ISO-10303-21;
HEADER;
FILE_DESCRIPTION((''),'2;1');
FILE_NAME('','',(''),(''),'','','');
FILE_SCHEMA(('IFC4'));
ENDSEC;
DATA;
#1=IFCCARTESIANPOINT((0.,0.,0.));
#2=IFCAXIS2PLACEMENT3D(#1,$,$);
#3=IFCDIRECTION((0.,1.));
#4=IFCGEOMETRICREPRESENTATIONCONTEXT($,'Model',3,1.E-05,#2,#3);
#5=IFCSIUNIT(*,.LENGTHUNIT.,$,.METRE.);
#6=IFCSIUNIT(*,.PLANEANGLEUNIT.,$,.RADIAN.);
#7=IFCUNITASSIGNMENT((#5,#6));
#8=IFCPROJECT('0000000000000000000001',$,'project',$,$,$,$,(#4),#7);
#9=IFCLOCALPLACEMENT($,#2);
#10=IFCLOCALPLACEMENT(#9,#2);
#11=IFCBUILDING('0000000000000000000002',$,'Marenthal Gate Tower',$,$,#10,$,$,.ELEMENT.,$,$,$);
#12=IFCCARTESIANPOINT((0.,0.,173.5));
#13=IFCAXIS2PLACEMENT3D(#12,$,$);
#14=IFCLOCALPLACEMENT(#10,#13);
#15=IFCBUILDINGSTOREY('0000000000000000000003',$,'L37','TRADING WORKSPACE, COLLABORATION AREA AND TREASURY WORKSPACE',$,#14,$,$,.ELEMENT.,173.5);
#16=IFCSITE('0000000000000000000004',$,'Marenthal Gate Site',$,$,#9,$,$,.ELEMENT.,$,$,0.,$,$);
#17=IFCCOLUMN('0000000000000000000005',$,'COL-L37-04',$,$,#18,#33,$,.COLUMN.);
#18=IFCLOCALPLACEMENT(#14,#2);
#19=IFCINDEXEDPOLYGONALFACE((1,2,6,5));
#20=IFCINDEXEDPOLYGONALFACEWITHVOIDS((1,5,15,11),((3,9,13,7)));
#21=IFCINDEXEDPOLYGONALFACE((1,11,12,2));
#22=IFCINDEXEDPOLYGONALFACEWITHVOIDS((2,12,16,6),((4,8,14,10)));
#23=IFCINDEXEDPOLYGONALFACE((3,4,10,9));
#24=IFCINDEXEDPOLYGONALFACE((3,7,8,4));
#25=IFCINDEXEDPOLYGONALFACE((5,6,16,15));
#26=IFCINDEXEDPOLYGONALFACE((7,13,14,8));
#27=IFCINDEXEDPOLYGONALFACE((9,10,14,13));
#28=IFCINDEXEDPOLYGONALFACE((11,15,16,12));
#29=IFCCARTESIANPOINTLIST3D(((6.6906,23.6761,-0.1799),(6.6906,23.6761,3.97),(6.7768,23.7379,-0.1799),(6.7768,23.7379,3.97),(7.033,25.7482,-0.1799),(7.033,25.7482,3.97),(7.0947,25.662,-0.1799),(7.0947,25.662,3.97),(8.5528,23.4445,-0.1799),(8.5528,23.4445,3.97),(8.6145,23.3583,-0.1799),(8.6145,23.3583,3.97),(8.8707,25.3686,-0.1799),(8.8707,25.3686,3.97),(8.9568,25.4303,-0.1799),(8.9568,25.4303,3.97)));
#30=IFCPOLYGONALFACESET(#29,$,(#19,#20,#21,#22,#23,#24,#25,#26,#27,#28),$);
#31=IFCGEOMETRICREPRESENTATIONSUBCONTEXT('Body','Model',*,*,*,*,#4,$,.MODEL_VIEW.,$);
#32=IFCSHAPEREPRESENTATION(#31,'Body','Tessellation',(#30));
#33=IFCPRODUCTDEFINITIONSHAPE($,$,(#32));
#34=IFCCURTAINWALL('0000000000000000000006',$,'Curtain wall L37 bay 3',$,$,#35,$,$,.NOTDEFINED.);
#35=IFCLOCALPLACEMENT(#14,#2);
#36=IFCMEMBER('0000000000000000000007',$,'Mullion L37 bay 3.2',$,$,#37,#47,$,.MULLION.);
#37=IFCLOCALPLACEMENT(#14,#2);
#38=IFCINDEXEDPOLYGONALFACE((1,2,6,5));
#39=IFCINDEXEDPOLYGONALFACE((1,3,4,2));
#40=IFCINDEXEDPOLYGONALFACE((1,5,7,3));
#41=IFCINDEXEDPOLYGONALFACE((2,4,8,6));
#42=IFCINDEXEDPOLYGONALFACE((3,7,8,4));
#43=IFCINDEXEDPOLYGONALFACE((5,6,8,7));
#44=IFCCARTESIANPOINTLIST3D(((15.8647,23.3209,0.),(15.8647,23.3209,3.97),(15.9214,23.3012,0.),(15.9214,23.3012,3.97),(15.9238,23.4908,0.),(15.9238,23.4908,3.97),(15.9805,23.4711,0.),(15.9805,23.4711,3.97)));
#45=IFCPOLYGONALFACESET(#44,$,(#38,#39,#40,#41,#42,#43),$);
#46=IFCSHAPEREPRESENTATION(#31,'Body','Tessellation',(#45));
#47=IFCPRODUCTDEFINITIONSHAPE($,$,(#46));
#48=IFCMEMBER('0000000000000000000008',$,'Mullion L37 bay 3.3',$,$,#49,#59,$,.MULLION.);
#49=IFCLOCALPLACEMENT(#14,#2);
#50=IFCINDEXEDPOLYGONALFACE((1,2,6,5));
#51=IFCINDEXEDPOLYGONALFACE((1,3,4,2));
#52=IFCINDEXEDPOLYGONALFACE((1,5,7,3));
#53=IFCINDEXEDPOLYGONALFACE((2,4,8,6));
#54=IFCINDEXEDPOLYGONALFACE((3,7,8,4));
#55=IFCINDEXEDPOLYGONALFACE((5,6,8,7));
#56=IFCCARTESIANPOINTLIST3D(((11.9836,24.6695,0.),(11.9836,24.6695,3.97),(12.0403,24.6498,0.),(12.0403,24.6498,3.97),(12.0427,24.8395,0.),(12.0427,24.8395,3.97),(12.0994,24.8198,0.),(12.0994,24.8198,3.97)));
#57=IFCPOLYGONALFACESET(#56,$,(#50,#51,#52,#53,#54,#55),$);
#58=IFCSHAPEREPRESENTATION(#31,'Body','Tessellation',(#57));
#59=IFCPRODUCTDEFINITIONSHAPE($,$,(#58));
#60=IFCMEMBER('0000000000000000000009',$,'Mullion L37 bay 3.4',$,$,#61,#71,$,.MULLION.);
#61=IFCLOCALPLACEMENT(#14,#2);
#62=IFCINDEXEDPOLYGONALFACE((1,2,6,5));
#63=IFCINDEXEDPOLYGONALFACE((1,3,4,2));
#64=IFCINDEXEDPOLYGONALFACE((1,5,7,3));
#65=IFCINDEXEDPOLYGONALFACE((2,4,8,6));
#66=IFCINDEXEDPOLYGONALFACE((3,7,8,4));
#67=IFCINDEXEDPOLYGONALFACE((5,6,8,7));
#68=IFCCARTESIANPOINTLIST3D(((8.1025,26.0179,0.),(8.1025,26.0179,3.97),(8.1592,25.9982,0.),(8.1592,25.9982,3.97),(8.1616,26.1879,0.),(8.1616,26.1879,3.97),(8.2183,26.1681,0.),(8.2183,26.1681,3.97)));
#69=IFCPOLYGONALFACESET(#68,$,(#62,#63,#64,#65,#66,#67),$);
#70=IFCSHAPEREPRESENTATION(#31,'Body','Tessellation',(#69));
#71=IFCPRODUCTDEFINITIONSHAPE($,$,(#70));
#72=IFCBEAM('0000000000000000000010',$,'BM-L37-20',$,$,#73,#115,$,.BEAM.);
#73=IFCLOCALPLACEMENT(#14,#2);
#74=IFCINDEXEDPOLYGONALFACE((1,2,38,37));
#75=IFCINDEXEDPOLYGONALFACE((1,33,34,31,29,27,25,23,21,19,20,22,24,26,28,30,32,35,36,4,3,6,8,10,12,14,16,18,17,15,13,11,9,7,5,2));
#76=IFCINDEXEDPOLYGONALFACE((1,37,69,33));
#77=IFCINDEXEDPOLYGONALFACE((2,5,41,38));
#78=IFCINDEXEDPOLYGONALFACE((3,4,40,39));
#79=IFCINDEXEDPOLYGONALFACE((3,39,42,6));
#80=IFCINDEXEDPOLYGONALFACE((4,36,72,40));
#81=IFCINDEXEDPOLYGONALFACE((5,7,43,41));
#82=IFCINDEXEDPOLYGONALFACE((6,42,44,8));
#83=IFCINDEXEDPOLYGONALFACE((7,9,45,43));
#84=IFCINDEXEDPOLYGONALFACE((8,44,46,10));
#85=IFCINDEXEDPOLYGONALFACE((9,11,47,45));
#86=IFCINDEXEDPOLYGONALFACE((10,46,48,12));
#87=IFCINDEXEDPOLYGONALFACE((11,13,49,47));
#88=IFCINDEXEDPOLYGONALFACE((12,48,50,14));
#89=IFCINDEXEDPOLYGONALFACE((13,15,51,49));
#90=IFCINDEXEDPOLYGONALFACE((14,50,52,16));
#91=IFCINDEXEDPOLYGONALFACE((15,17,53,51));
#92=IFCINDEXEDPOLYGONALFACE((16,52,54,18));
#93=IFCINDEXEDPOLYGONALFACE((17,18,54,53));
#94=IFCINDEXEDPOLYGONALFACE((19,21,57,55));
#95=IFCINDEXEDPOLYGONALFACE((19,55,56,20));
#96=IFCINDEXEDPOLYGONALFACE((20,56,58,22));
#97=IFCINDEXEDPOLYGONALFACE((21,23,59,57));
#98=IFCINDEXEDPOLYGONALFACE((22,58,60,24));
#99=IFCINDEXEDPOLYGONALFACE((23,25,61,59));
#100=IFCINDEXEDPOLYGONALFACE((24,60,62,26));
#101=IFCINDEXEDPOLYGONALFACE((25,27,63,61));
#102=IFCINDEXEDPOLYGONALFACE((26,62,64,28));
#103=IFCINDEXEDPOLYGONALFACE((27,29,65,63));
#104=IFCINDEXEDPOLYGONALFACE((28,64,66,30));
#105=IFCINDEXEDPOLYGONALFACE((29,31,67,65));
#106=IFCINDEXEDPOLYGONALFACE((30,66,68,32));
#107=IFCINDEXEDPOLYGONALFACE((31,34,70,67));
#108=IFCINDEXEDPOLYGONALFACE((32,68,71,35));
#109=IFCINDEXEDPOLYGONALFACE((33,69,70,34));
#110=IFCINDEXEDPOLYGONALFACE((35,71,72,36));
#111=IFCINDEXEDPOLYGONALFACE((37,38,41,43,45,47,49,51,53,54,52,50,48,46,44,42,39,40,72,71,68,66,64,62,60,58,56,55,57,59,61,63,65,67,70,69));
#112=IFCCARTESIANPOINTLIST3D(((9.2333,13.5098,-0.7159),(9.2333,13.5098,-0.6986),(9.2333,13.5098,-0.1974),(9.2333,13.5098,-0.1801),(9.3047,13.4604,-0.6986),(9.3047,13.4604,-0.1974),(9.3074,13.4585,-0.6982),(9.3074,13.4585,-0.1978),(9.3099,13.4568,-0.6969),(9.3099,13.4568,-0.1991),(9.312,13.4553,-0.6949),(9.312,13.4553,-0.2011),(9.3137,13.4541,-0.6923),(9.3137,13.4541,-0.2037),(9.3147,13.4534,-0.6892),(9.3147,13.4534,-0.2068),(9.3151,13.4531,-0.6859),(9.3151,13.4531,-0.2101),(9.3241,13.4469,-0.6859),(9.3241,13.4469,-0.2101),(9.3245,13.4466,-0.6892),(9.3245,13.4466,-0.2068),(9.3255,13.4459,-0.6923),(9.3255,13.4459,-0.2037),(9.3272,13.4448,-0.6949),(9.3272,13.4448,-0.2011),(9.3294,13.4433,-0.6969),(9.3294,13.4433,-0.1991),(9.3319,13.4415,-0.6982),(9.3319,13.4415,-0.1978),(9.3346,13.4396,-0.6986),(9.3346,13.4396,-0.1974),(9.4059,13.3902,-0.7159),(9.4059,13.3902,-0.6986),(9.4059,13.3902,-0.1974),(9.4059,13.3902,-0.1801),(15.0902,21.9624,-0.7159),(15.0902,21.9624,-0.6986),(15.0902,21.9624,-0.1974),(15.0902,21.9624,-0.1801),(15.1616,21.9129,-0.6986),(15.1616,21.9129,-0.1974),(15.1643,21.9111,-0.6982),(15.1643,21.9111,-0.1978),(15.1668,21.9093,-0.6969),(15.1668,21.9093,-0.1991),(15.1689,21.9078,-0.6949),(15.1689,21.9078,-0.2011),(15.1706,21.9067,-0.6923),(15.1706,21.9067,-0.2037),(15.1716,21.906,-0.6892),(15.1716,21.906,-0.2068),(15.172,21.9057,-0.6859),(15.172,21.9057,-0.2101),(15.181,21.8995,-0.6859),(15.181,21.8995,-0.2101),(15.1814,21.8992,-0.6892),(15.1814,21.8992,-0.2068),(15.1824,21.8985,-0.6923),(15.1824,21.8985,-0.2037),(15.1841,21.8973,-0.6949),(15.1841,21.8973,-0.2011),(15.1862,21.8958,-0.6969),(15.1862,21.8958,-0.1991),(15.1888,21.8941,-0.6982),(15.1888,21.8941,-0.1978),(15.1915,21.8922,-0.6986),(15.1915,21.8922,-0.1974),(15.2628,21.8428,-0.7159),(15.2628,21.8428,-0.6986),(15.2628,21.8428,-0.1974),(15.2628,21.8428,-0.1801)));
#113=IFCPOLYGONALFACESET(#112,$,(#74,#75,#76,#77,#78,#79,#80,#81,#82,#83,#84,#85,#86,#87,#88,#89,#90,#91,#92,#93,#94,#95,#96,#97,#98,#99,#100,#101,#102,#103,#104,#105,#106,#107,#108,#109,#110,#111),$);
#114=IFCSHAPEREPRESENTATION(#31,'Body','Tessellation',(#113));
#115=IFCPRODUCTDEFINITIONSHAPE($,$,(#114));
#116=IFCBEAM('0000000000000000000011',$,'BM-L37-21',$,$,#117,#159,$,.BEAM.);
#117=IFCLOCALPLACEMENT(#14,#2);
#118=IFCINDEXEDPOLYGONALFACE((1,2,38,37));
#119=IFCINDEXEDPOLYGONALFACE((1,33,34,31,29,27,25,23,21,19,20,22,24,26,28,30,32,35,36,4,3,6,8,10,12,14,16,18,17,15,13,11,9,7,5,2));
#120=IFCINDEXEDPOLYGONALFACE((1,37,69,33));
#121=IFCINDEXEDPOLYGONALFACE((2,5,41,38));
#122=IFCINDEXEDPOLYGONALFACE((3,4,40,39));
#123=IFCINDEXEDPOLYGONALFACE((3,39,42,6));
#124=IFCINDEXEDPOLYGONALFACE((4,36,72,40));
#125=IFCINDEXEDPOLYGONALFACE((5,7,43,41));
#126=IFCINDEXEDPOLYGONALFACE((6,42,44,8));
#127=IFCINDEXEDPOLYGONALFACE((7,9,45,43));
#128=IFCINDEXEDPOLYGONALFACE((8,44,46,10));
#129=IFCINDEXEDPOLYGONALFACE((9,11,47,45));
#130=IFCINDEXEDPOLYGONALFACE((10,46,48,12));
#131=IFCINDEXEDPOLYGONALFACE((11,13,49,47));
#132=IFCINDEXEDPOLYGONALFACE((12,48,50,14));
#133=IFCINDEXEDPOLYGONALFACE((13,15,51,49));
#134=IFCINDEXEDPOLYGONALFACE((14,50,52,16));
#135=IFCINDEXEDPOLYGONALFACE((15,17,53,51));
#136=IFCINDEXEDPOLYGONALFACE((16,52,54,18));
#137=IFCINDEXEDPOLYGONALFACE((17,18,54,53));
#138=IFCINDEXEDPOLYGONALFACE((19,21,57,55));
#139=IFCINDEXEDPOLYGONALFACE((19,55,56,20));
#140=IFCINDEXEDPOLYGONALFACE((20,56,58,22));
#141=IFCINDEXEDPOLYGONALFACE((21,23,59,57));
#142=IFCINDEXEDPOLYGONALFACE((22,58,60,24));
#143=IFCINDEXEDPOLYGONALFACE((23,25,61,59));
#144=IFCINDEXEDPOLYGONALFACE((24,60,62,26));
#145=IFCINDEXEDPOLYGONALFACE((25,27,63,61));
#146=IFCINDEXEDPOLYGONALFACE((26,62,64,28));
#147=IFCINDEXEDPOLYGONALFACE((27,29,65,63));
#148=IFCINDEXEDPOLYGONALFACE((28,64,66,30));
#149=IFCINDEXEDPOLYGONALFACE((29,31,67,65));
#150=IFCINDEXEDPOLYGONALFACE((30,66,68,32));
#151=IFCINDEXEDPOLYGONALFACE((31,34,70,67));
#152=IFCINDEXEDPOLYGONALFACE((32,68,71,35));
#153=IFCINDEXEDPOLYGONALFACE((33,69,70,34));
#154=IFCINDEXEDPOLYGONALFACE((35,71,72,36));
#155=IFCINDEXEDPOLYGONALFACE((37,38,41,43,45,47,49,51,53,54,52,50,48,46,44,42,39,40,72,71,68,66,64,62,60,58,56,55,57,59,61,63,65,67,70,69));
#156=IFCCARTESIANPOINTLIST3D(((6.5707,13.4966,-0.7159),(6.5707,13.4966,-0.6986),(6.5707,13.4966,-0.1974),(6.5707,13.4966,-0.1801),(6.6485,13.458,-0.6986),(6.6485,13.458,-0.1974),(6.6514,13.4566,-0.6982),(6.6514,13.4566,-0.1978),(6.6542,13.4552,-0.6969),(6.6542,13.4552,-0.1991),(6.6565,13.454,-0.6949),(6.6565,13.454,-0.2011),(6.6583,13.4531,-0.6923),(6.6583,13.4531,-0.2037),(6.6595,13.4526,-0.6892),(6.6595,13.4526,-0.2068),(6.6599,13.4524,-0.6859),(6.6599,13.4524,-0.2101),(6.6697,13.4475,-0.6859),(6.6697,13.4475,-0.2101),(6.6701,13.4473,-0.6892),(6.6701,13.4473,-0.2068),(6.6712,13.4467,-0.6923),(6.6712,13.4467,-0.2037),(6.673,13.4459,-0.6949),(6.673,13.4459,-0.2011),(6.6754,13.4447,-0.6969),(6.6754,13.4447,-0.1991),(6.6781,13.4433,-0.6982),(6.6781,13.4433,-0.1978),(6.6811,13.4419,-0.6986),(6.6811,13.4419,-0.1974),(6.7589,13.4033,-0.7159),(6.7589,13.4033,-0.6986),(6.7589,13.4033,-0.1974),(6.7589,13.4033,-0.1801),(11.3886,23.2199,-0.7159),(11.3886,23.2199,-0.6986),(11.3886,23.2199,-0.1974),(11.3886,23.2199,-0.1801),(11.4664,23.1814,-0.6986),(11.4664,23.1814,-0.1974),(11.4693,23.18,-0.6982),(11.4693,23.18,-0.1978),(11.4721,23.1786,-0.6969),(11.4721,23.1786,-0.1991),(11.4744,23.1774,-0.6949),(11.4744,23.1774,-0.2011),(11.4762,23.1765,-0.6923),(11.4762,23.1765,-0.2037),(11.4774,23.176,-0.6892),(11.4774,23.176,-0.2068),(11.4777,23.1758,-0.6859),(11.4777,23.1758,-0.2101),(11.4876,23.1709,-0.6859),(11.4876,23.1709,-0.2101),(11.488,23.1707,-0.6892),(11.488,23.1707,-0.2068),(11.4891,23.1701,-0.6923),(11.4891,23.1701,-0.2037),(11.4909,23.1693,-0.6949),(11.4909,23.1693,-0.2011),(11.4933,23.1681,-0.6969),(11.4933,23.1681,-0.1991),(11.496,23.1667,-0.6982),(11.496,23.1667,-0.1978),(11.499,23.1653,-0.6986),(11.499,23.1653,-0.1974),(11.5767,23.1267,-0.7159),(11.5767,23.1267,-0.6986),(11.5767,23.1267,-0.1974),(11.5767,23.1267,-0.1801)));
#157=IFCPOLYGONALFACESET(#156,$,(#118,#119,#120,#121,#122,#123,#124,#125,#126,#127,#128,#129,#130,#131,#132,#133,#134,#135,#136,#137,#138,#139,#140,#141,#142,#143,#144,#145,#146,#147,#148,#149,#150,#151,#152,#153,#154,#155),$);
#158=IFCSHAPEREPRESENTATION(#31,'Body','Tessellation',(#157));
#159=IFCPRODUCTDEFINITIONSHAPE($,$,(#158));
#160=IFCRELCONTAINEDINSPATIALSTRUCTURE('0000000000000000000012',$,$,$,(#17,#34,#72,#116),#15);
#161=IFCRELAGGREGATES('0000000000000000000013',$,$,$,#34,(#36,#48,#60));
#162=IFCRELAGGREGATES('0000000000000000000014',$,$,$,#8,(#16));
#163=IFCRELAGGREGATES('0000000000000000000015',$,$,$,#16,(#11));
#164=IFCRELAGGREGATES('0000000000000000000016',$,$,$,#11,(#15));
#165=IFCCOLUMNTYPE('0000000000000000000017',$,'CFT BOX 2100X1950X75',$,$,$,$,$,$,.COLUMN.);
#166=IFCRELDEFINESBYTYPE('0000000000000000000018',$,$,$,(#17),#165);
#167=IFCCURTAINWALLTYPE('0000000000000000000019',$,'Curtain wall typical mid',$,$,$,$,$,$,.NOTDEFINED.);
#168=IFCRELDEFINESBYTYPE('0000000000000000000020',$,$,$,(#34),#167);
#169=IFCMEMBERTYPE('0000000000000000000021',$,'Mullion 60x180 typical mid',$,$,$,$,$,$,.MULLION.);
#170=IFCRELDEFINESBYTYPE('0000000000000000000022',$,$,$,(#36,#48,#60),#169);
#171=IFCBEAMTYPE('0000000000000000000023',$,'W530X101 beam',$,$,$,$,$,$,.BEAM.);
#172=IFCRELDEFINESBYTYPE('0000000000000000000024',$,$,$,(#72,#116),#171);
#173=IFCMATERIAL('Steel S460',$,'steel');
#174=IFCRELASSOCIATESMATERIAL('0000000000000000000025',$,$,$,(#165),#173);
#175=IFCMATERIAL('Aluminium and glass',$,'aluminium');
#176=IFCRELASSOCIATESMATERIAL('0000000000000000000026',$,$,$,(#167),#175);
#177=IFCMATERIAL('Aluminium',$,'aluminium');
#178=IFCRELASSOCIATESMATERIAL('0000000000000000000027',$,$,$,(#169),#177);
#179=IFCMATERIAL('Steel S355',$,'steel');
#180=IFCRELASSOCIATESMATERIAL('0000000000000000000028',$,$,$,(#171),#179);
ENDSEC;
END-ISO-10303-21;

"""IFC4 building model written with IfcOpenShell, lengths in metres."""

from ifc_helpers import new_model, si_unit, direction, frame, origin, origin_2d, place, context, subcontext, project, spatial, rectangle, hollow_rectangle, i_section, extrude, material, material_profile, profile_set, type_object, element, aggregate, save


model = new_model("IFC4")

# Units and contexts
model_context = context("Model", 3, precision=1e-05, world=origin(), true_north=direction((0.0, 1.0)))
body_context = subcontext(model_context, "Body", "Model", "MODEL_VIEW")
ifc_project = project(units=[si_unit("LENGTHUNIT", "METRE"), si_unit("PLANEANGLEUNIT", "RADIAN")], contexts=[model_context])

# Site, building, storey
site_placement = place(None, origin())
site = spatial("IfcSite", under=ifc_project, at=site_placement, Name="Marenthal Gate Site", CompositionType="ELEMENT", RefElevation=0.0)
building_placement = place(site_placement, origin())
building = spatial("IfcBuilding", under=site, at=building_placement, Name="Marenthal Gate Tower", CompositionType="ELEMENT")
storey_placement = place(building_placement, frame((0.0, 0.0, 173.5)))
storey = spatial("IfcBuildingStorey", under=building, at=storey_placement, Name="L37", Description="TRADING WORKSPACE, COLLABORATION AREA AND TREASURY WORKSPACE", CompositionType="ELEMENT", Elevation=173.5)

# Column
ifc_material_1 = material(Name="Steel S460", Category="steel")
ifc_material_profile_1 = material_profile(ifc_material_1, hollow_rectangle(XDim=1.95, YDim=2.1001, WallThickness=0.075, at=origin_2d()), Name="CFT BOX 2100X1950X75")
ifc_material_2 = material(Name="Concrete 70 MPa", Category="concrete")
ifc_material_profile_2 = material_profile(ifc_material_2, rectangle(XDim=1.8, YDim=1.95, at=origin_2d()), Name="CFT BOX 2100X1950X75 INFILL")
ifc_profile_set_1 = profile_set([ifc_material_profile_1, ifc_material_profile_2], Name="Steel S460 shell, Concrete 70 MPa infill")
column_type = type_object("IfcColumnType", Name="CFT BOX 2100X1950X75", PredefinedType="COLUMN", material=ifc_profile_set_1)
column_placement = place(storey_placement, frame((7.8237, 24.5532, -0.1799), z_axis=(0.0, 0.0, 1.0), x_axis=(0.986625, -0.163004, 0.0)))
element("IfcColumn", 1, at=column_placement, inside=storey, type_object=column_type, Name="COL-L37-04", PredefinedType="COLUMN", context=body_context, shape_type="SweptSolid", body=[
    extrude(hollow_rectangle(XDim=1.95, YDim=2.1001, WallThickness=0.075, at=origin_2d()), origin(), (0.0, 0.0, 1.0), 4.1499),
])

# Curtain wall, members
ifc_material_3 = material(Name="Aluminium and glass", Category="aluminium")
curtain_wall_type = type_object("IfcCurtainWallType", Name="Curtain wall typical mid", PredefinedType="NOTDEFINED", material=ifc_material_3)
curtain_wall_placement = place(storey_placement, origin())
curtain_wall = element("IfcCurtainWall", 2, at=curtain_wall_placement, inside=storey, type_object=curtain_wall_type, Name="Curtain wall L37 bay 3", PredefinedType="NOTDEFINED")
ifc_material_4 = material(Name="Aluminium", Category="aluminium")
ifc_material_profile_3 = material_profile(ifc_material_4, rectangle(XDim=0.1799, YDim=0.0601, at=origin_2d()), Name="60x180 aluminium mullion")
ifc_profile_set_2 = profile_set([ifc_material_profile_3], Name="Aluminium")
member_type = type_object("IfcMemberType", Name="Mullion 60x180 typical mid", PredefinedType="MULLION", material=ifc_profile_set_2)
member_1_placement = place(storey_placement, frame((15.9226, 23.396, 0.0), z_axis=(0.0, 0.0, 1.0), x_axis=(-0.328211, -0.944604, 0.0)))
member_1 = element("IfcMember", 3, at=member_1_placement, type_object=member_type, Name="Mullion L37 bay 3.2", PredefinedType="MULLION", context=body_context, shape_type="SweptSolid", body=[
    extrude(rectangle(XDim=0.1799, YDim=0.0601, at=origin_2d()), origin(), (0.0, 0.0, 1.0), 3.97),
])
member_2_placement = place(storey_placement, frame((12.0415, 24.7446, 0.0), z_axis=(0.0, 0.0, 1.0), x_axis=(-0.328211, -0.944604, 0.0)))
member_2 = element("IfcMember", 4, at=member_2_placement, type_object=member_type, Name="Mullion L37 bay 3.3", PredefinedType="MULLION", context=body_context, shape_type="SweptSolid", body=[
    extrude(rectangle(XDim=0.1799, YDim=0.0601, at=origin_2d()), origin(), (0.0, 0.0, 1.0), 3.97),
])
member_3_placement = place(storey_placement, frame((8.1604, 26.093, 0.0), z_axis=(0.0, 0.0, 1.0), x_axis=(-0.328211, -0.944604, 0.0)))
member_3 = element("IfcMember", 5, at=member_3_placement, type_object=member_type, Name="Mullion L37 bay 3.4", PredefinedType="MULLION", context=body_context, shape_type="SweptSolid", body=[
    extrude(rectangle(XDim=0.1799, YDim=0.0601, at=origin_2d()), origin(), (0.0, 0.0, 1.0), 3.97),
])

# Beams
ifc_material_5 = material(Name="Steel S355", Category="steel")
ifc_material_profile_4 = material_profile(ifc_material_5, i_section(OverallWidth=0.21, OverallDepth=0.5359, WebThickness=0.011, FlangeThickness=0.0173, FilletRadius=0.0127, at=origin_2d()), Name="W530X101")
ifc_profile_set_3 = profile_set([ifc_material_profile_4], Name="Steel S355")
beam_type_1 = type_object("IfcBeamType", Name="W530X101 beam", PredefinedType="BEAM", material=ifc_profile_set_3)
beam_1_placement = place(storey_placement, frame((15.1765, 21.9026, -0.448), z_axis=(-0.569546, -0.82196, 0.0), x_axis=(0.82196, -0.569546, 0.0)))
element("IfcBeam", 6, at=beam_1_placement, inside=storey, type_object=beam_type_1, Name="BM-L37-20", PredefinedType="BEAM", context=body_context, shape_type="SweptSolid", body=[
    extrude(i_section(OverallWidth=0.21, OverallDepth=0.5359, WebThickness=0.011, FlangeThickness=0.0173, FilletRadius=0.0127, at=origin_2d()), origin(), (0.0, 0.0, 1.0), 10.2834),
])
beam_2_placement = place(storey_placement, frame((11.4827, 23.1733, -0.448), z_axis=(-0.44398, -0.896037, 0.0), x_axis=(0.896037, -0.44398, 0.0)))
element("IfcBeam", 7, at=beam_2_placement, inside=storey, type_object=beam_type_1, Name="BM-L37-21", PredefinedType="BEAM", context=body_context, shape_type="SweptSolid", body=[
    extrude(i_section(OverallWidth=0.21, OverallDepth=0.5359, WebThickness=0.011, FlangeThickness=0.0173, FilletRadius=0.0127, at=origin_2d()), origin(), (0.0, 0.0, 1.0), 10.8516),
])

aggregate(curtain_wall, [member_1, member_2, member_3])

save(model, "model.ifc")
